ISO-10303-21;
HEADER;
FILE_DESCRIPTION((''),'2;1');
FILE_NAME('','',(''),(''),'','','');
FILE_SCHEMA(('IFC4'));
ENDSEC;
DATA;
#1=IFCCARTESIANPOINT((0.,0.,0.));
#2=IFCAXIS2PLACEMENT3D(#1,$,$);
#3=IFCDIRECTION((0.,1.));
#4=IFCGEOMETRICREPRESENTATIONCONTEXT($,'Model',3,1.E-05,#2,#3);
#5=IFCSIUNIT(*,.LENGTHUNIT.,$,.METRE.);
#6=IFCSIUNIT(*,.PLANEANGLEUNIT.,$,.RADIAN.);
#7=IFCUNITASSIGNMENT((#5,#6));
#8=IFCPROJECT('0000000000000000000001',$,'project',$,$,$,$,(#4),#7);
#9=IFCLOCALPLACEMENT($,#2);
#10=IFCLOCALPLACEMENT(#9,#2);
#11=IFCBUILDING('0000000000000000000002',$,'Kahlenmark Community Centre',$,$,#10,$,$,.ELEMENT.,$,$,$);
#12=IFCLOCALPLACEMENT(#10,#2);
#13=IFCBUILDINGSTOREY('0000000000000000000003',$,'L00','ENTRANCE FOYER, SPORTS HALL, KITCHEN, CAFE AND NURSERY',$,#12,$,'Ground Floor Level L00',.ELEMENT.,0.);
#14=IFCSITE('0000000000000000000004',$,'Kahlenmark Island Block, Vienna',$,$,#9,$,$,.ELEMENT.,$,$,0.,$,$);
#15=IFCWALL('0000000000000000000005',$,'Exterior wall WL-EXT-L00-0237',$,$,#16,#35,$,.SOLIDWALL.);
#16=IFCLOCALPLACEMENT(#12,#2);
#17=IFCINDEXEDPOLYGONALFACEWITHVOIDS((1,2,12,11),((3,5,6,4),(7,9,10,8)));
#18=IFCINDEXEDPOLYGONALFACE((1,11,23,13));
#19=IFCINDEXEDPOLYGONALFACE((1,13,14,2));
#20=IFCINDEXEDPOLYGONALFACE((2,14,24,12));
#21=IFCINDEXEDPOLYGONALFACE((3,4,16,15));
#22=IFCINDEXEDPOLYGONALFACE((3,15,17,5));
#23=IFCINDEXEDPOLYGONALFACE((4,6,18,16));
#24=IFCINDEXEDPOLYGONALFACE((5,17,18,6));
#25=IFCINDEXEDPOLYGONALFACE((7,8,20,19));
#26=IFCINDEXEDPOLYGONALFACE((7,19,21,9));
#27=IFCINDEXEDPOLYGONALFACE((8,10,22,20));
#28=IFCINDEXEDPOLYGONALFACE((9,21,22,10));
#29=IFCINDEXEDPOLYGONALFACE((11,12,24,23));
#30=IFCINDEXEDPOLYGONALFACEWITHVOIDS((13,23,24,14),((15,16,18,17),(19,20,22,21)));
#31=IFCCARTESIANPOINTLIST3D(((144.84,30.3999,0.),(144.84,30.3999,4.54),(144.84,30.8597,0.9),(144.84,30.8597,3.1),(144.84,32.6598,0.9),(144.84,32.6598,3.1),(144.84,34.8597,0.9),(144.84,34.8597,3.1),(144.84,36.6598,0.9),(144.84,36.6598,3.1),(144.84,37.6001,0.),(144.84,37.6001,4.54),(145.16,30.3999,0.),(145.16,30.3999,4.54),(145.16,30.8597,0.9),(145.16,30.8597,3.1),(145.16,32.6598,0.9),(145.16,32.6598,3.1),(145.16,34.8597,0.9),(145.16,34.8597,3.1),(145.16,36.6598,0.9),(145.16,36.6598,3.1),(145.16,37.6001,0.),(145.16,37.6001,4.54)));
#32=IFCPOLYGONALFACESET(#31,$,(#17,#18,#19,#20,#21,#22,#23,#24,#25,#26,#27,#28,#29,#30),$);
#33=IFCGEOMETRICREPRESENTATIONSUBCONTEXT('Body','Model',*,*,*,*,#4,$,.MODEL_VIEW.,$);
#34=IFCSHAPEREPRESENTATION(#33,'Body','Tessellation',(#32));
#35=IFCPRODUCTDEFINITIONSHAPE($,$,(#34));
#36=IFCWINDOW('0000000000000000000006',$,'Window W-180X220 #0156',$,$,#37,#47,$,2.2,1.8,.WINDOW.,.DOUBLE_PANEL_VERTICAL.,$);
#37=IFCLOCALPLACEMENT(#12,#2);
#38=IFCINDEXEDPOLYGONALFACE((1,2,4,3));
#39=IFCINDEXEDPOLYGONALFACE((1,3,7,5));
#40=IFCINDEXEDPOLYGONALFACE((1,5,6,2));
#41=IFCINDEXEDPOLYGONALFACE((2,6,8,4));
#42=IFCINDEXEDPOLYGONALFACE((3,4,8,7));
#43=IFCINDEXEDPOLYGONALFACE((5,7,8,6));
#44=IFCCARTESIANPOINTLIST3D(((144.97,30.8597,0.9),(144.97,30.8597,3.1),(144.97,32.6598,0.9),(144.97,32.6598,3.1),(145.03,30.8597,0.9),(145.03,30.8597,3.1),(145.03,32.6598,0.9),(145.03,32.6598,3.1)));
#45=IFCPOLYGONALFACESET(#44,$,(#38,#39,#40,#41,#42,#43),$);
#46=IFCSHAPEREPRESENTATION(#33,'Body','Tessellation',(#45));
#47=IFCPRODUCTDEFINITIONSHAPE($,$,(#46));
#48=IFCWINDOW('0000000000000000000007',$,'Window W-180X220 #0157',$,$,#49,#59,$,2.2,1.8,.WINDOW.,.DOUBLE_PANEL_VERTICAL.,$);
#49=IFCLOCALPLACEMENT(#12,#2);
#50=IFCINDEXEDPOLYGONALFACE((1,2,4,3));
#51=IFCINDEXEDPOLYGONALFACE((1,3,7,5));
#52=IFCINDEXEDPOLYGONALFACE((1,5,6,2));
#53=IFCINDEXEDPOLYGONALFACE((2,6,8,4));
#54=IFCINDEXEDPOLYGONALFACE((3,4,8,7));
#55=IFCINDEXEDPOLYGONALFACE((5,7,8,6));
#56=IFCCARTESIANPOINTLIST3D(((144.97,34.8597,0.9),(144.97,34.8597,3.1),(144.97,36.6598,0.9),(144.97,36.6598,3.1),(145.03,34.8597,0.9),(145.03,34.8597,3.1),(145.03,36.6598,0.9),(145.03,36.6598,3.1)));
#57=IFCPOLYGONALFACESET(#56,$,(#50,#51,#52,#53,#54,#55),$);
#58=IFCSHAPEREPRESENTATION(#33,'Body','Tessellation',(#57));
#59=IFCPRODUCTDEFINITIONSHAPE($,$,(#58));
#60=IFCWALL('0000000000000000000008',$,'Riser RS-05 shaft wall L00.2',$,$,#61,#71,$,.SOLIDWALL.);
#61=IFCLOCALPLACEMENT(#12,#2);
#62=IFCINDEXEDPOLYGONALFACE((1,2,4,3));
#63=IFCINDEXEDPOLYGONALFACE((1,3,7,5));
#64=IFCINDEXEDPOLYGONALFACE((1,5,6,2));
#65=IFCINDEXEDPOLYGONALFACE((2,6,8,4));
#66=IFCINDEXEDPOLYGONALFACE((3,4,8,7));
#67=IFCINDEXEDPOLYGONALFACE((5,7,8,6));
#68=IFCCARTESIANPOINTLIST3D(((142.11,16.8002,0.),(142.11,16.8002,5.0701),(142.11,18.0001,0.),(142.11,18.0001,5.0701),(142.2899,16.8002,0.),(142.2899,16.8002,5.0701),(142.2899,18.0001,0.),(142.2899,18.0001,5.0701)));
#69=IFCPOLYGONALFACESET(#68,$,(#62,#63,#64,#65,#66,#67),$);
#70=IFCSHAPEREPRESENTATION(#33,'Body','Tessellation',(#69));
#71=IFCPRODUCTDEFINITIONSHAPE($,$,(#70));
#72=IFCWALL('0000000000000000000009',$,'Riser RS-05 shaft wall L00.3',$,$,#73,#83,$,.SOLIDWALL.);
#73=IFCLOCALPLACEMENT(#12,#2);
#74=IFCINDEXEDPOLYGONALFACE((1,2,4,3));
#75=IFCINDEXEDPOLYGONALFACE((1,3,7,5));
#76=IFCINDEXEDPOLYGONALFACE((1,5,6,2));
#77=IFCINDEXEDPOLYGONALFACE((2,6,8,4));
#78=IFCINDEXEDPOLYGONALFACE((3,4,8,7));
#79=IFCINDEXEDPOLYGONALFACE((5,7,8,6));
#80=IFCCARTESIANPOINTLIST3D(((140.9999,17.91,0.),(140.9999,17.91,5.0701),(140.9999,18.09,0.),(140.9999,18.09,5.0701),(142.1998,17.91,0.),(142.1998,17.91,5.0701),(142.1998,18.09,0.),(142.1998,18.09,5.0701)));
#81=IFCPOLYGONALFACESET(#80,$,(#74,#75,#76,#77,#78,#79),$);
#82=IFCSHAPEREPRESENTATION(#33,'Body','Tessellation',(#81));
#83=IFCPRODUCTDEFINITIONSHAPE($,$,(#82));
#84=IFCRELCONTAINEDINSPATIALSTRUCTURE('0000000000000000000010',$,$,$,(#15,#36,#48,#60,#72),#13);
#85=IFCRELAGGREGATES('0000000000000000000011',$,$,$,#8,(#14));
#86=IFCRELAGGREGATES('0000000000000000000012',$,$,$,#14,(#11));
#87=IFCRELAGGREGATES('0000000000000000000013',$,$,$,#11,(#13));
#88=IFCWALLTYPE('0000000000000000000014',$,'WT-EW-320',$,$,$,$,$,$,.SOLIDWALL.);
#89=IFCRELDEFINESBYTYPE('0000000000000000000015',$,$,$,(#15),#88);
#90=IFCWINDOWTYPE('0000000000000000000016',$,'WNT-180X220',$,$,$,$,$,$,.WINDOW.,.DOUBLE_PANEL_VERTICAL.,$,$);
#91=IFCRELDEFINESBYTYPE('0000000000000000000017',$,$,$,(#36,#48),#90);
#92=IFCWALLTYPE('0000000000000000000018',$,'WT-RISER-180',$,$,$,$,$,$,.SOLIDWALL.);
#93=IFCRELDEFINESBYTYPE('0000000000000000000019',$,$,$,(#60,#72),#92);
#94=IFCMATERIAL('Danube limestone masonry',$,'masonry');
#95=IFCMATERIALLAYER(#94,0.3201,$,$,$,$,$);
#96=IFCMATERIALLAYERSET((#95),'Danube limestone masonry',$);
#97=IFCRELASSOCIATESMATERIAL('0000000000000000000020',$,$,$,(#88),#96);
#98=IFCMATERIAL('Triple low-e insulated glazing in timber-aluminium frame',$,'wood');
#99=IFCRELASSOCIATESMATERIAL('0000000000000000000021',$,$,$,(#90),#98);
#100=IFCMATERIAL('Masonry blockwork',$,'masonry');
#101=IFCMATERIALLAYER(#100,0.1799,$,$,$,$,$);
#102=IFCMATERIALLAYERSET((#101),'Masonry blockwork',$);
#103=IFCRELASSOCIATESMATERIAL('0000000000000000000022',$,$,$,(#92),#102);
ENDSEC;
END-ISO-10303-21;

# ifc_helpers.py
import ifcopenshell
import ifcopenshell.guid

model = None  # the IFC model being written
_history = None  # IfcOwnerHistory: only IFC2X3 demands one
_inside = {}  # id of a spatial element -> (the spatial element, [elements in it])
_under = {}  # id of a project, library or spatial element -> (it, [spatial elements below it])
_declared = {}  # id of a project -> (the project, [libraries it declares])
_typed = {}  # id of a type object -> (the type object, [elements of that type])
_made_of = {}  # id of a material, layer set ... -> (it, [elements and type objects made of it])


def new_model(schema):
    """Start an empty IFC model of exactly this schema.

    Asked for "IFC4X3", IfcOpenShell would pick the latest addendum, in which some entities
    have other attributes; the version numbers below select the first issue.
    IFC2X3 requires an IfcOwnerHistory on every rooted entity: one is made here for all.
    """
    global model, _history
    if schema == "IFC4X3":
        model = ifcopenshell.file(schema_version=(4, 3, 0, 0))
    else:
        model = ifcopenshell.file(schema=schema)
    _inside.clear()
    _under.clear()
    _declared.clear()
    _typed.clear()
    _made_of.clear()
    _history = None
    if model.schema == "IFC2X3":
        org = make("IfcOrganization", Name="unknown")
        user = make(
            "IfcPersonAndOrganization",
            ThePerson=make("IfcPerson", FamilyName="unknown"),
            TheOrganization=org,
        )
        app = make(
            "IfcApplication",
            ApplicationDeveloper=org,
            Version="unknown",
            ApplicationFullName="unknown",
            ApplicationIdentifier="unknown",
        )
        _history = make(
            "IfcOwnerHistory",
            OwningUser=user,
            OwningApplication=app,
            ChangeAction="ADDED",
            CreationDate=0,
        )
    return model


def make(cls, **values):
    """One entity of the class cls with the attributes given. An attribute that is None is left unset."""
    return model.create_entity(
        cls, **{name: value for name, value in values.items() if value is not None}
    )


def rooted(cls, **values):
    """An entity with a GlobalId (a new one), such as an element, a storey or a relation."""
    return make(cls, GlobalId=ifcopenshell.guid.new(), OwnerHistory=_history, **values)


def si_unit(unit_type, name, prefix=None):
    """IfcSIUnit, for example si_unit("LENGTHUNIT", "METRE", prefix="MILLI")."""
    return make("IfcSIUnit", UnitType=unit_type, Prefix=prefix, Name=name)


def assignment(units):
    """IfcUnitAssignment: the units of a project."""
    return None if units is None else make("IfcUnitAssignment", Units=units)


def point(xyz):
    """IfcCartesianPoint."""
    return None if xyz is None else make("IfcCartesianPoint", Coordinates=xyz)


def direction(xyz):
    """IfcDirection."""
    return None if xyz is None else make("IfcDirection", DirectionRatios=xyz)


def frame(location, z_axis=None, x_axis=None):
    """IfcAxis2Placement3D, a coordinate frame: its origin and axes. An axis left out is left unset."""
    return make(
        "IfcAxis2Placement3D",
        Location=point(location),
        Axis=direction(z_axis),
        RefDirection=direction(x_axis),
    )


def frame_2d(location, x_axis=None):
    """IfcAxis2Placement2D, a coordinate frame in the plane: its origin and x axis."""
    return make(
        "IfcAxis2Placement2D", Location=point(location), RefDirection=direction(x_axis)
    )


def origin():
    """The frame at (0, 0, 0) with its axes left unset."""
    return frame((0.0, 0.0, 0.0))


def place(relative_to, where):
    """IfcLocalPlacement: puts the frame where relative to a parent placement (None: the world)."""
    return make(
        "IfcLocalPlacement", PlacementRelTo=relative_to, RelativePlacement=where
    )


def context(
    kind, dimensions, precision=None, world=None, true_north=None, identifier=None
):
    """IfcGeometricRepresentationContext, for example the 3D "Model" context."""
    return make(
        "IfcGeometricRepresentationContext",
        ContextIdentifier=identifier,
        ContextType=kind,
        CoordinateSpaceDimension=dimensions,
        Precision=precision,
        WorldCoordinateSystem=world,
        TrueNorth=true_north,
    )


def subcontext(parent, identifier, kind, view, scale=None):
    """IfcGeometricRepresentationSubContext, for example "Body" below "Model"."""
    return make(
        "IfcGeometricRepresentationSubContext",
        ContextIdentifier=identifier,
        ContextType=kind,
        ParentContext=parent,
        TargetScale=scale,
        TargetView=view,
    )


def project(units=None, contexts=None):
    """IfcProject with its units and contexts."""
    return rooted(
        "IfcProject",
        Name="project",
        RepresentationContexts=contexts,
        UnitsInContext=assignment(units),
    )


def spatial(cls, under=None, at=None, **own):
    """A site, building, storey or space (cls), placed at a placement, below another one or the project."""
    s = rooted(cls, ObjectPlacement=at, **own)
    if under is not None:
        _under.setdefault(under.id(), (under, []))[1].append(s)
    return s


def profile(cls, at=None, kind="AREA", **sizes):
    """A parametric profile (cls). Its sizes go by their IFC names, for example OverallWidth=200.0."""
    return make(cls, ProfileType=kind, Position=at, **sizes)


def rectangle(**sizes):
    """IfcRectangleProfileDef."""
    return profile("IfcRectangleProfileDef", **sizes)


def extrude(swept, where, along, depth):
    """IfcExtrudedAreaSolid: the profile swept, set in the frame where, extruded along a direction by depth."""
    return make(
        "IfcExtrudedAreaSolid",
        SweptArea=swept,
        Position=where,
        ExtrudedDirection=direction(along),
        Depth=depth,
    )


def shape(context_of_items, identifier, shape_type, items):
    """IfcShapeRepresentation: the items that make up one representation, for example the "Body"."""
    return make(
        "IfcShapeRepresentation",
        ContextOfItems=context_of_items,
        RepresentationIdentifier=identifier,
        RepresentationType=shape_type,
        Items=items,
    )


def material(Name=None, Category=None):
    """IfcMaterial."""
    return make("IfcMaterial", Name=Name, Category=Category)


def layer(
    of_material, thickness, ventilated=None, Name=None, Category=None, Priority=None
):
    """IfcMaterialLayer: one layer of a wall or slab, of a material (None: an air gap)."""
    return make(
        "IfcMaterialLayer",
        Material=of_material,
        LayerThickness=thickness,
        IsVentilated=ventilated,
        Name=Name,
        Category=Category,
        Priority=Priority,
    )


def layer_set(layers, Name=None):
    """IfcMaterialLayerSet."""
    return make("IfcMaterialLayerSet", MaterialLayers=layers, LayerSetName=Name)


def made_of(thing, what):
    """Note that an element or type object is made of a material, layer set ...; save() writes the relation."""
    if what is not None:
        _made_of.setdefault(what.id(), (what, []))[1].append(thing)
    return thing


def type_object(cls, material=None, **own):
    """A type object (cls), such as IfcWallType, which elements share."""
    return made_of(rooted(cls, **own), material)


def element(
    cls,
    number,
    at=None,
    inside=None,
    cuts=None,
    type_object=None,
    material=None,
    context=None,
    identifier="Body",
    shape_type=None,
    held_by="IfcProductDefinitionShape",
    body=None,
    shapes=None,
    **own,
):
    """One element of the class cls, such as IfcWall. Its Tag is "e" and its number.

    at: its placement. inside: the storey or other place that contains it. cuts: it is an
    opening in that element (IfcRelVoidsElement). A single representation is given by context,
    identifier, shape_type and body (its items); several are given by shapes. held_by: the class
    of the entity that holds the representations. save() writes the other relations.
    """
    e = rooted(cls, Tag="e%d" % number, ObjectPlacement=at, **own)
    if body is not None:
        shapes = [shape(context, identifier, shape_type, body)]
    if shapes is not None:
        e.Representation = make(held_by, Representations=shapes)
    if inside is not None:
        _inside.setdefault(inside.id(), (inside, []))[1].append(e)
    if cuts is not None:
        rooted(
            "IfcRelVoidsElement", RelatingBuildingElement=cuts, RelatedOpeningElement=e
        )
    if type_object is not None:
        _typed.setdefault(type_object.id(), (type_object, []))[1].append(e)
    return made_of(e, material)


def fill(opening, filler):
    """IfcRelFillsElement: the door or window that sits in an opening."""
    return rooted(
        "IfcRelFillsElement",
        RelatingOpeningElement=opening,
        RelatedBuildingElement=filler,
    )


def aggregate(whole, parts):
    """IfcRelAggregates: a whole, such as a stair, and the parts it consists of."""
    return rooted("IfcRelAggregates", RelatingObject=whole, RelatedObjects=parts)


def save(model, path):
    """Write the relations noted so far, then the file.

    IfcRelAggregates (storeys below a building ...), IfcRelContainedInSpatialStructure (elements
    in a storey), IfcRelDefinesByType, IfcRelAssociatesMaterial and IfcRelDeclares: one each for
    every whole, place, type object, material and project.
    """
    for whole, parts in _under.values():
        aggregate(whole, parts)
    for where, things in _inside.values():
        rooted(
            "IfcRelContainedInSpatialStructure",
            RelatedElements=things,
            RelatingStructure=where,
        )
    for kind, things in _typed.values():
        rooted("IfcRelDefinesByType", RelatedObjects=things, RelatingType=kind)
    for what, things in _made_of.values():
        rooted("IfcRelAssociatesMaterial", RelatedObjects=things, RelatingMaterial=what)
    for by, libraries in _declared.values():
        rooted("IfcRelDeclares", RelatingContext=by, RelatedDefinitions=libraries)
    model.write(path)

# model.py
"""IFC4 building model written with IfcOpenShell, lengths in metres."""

from ifc_helpers import new_model, si_unit, direction, frame, frame_2d, origin, place, context, subcontext, project, spatial, rectangle, extrude, material, layer, layer_set, type_object, element, fill, save


model = new_model("IFC4")

# Units and contexts
model_context = context("Model", 3, precision=1e-05, world=origin(), true_north=direction((0.0, 1.0)))
body_context = subcontext(model_context, "Body", "Model", "MODEL_VIEW")
ifc_project = project(units=[si_unit("LENGTHUNIT", "METRE"), si_unit("PLANEANGLEUNIT", "RADIAN")], contexts=[model_context])

# Site, building, storey
site_placement = place(None, origin())
site = spatial("IfcSite", under=ifc_project, at=site_placement, Name="Kahlenmark Island Block, Vienna", CompositionType="ELEMENT", RefElevation=0.0)
building_placement = place(site_placement, origin())
building = spatial("IfcBuilding", under=site, at=building_placement, Name="Kahlenmark Community Centre", CompositionType="ELEMENT")
storey_placement = place(building_placement, origin())
storey = spatial("IfcBuildingStorey", under=building, at=storey_placement, Name="L00", Description="ENTRANCE FOYER, SPORTS HALL, KITCHEN, CAFE AND NURSERY", LongName="Ground Floor Level L00", CompositionType="ELEMENT", Elevation=0.0)

# Wall, openings, windows
ifc_material_1 = material(Name="Danube limestone masonry", Category="masonry")
ifc_layer_1 = layer(ifc_material_1, 0.3201)
ifc_layer_set_1 = layer_set([ifc_layer_1], Name="Danube limestone masonry")
wall_type_1 = type_object("IfcWallType", Name="WT-EW-320", PredefinedType="SOLIDWALL", material=ifc_layer_set_1)
ifc_material_2 = material(Name="Triple low-e insulated glazing in timber-aluminium frame", Category="wood")
window_type = type_object("IfcWindowType", Name="WNT-180X220", PartitioningType="DOUBLE_PANEL_VERTICAL", PredefinedType="WINDOW", material=ifc_material_2)
wall_1_placement = place(storey_placement, frame((145.0, 30.3999, 0.0), z_axis=(0.0, 0.0, 1.0), x_axis=(0.0, 1.0, 0.0)))
wall_1 = element("IfcWall", 1, at=wall_1_placement, inside=storey, type_object=wall_type_1, Name="Exterior wall WL-EXT-L00-0237", PredefinedType="SOLIDWALL", context=body_context, shape_type="SweptSolid", body=[
    extrude(rectangle(XDim=7.2002, YDim=0.3201, at=frame_2d((3.6001, 0.0))), origin(), (0.0, 0.0, 1.0), 4.54),
])
opening_1_placement = place(wall_1_placement, frame((0.46, 0.0, 0.8999)))
opening_1 = element("IfcOpeningElement", 2, at=opening_1_placement, cuts=wall_1, PredefinedType="OPENING", context=body_context, shape_type="SweptSolid", body=[
    extrude(rectangle(XDim=1.8, YDim=2.2, at=frame_2d((0.8999, 1.1001))), frame((0.0, 0.1699, 0.0), z_axis=(0.0, -1.0, 0.0), x_axis=(1.0, 0.0, 0.0)), (0.0, 0.0, 1.0), 0.3401),
])
opening_2_placement = place(wall_1_placement, frame((4.46, 0.0, 0.8999)))
opening_2 = element("IfcOpeningElement", 3, at=opening_2_placement, cuts=wall_1, PredefinedType="OPENING", context=body_context, shape_type="SweptSolid", body=[
    extrude(rectangle(XDim=1.8, YDim=2.2, at=frame_2d((0.8999, 1.1001))), frame((0.0, 0.1699, 0.0), z_axis=(0.0, -1.0, 0.0), x_axis=(1.0, 0.0, 0.0)), (0.0, 0.0, 1.0), 0.3401),
])
window_1_placement = place(opening_1_placement, origin())
window_1 = element("IfcWindow", 4, at=window_1_placement, inside=storey, type_object=window_type, Name="Window W-180X220 #0156", OverallHeight=2.2, OverallWidth=1.8, PartitioningType="DOUBLE_PANEL_VERTICAL", PredefinedType="WINDOW", context=body_context, shape_type="SweptSolid", body=[
    extrude(rectangle(XDim=1.8, YDim=2.2, at=frame_2d((0.8999, 1.1001))), frame((0.0, 0.03, 0.0), z_axis=(0.0, -1.0, 0.0), x_axis=(1.0, 0.0, 0.0)), (0.0, 0.0, 1.0), 0.0601),
])
fill(opening_1, window_1)
window_2_placement = place(opening_2_placement, origin())
window_2 = element("IfcWindow", 5, at=window_2_placement, inside=storey, type_object=window_type, Name="Window W-180X220 #0157", OverallHeight=2.2, OverallWidth=1.8, PartitioningType="DOUBLE_PANEL_VERTICAL", PredefinedType="WINDOW", context=body_context, shape_type="SweptSolid", body=[
    extrude(rectangle(XDim=1.8, YDim=2.2, at=frame_2d((0.8999, 1.1001))), frame((0.0, 0.03, 0.0), z_axis=(0.0, -1.0, 0.0), x_axis=(1.0, 0.0, 0.0)), (0.0, 0.0, 1.0), 0.0601),
])
fill(opening_2, window_2)

# Walls
ifc_material_3 = material(Name="Masonry blockwork", Category="masonry")
ifc_layer_2 = layer(ifc_material_3, 0.1799)
ifc_layer_set_2 = layer_set([ifc_layer_2], Name="Masonry blockwork")
wall_type_2 = type_object("IfcWallType", Name="WT-RISER-180", PredefinedType="SOLIDWALL", material=ifc_layer_set_2)
for number, where, z_axis, x_axis, name in (
    (6, (142.2, 16.8, 0.0), (0.0, 0.0, 1.0), (0.0, 1.0, 0.0), "Riser RS-05 shaft wall L00.2"),
    (7, (142.2, 18.0, 0.0), (0.0, 0.0, 1.0), (-1.0, 0.0, 0.0), "Riser RS-05 shaft wall L00.3"),
):
    element("IfcWall", number, at=place(storey_placement, frame(where, z_axis=z_axis, x_axis=x_axis)), inside=storey, type_object=wall_type_2, Name=name, PredefinedType="SOLIDWALL", context=body_context, shape_type="SweptSolid", body=[
        extrude(rectangle(XDim=1.2, YDim=0.1799, at=frame_2d((0.6001, 0.0))), origin(), (0.0, 0.0, 1.0), 5.0701),
    ])

save(model, "model.ifc")
